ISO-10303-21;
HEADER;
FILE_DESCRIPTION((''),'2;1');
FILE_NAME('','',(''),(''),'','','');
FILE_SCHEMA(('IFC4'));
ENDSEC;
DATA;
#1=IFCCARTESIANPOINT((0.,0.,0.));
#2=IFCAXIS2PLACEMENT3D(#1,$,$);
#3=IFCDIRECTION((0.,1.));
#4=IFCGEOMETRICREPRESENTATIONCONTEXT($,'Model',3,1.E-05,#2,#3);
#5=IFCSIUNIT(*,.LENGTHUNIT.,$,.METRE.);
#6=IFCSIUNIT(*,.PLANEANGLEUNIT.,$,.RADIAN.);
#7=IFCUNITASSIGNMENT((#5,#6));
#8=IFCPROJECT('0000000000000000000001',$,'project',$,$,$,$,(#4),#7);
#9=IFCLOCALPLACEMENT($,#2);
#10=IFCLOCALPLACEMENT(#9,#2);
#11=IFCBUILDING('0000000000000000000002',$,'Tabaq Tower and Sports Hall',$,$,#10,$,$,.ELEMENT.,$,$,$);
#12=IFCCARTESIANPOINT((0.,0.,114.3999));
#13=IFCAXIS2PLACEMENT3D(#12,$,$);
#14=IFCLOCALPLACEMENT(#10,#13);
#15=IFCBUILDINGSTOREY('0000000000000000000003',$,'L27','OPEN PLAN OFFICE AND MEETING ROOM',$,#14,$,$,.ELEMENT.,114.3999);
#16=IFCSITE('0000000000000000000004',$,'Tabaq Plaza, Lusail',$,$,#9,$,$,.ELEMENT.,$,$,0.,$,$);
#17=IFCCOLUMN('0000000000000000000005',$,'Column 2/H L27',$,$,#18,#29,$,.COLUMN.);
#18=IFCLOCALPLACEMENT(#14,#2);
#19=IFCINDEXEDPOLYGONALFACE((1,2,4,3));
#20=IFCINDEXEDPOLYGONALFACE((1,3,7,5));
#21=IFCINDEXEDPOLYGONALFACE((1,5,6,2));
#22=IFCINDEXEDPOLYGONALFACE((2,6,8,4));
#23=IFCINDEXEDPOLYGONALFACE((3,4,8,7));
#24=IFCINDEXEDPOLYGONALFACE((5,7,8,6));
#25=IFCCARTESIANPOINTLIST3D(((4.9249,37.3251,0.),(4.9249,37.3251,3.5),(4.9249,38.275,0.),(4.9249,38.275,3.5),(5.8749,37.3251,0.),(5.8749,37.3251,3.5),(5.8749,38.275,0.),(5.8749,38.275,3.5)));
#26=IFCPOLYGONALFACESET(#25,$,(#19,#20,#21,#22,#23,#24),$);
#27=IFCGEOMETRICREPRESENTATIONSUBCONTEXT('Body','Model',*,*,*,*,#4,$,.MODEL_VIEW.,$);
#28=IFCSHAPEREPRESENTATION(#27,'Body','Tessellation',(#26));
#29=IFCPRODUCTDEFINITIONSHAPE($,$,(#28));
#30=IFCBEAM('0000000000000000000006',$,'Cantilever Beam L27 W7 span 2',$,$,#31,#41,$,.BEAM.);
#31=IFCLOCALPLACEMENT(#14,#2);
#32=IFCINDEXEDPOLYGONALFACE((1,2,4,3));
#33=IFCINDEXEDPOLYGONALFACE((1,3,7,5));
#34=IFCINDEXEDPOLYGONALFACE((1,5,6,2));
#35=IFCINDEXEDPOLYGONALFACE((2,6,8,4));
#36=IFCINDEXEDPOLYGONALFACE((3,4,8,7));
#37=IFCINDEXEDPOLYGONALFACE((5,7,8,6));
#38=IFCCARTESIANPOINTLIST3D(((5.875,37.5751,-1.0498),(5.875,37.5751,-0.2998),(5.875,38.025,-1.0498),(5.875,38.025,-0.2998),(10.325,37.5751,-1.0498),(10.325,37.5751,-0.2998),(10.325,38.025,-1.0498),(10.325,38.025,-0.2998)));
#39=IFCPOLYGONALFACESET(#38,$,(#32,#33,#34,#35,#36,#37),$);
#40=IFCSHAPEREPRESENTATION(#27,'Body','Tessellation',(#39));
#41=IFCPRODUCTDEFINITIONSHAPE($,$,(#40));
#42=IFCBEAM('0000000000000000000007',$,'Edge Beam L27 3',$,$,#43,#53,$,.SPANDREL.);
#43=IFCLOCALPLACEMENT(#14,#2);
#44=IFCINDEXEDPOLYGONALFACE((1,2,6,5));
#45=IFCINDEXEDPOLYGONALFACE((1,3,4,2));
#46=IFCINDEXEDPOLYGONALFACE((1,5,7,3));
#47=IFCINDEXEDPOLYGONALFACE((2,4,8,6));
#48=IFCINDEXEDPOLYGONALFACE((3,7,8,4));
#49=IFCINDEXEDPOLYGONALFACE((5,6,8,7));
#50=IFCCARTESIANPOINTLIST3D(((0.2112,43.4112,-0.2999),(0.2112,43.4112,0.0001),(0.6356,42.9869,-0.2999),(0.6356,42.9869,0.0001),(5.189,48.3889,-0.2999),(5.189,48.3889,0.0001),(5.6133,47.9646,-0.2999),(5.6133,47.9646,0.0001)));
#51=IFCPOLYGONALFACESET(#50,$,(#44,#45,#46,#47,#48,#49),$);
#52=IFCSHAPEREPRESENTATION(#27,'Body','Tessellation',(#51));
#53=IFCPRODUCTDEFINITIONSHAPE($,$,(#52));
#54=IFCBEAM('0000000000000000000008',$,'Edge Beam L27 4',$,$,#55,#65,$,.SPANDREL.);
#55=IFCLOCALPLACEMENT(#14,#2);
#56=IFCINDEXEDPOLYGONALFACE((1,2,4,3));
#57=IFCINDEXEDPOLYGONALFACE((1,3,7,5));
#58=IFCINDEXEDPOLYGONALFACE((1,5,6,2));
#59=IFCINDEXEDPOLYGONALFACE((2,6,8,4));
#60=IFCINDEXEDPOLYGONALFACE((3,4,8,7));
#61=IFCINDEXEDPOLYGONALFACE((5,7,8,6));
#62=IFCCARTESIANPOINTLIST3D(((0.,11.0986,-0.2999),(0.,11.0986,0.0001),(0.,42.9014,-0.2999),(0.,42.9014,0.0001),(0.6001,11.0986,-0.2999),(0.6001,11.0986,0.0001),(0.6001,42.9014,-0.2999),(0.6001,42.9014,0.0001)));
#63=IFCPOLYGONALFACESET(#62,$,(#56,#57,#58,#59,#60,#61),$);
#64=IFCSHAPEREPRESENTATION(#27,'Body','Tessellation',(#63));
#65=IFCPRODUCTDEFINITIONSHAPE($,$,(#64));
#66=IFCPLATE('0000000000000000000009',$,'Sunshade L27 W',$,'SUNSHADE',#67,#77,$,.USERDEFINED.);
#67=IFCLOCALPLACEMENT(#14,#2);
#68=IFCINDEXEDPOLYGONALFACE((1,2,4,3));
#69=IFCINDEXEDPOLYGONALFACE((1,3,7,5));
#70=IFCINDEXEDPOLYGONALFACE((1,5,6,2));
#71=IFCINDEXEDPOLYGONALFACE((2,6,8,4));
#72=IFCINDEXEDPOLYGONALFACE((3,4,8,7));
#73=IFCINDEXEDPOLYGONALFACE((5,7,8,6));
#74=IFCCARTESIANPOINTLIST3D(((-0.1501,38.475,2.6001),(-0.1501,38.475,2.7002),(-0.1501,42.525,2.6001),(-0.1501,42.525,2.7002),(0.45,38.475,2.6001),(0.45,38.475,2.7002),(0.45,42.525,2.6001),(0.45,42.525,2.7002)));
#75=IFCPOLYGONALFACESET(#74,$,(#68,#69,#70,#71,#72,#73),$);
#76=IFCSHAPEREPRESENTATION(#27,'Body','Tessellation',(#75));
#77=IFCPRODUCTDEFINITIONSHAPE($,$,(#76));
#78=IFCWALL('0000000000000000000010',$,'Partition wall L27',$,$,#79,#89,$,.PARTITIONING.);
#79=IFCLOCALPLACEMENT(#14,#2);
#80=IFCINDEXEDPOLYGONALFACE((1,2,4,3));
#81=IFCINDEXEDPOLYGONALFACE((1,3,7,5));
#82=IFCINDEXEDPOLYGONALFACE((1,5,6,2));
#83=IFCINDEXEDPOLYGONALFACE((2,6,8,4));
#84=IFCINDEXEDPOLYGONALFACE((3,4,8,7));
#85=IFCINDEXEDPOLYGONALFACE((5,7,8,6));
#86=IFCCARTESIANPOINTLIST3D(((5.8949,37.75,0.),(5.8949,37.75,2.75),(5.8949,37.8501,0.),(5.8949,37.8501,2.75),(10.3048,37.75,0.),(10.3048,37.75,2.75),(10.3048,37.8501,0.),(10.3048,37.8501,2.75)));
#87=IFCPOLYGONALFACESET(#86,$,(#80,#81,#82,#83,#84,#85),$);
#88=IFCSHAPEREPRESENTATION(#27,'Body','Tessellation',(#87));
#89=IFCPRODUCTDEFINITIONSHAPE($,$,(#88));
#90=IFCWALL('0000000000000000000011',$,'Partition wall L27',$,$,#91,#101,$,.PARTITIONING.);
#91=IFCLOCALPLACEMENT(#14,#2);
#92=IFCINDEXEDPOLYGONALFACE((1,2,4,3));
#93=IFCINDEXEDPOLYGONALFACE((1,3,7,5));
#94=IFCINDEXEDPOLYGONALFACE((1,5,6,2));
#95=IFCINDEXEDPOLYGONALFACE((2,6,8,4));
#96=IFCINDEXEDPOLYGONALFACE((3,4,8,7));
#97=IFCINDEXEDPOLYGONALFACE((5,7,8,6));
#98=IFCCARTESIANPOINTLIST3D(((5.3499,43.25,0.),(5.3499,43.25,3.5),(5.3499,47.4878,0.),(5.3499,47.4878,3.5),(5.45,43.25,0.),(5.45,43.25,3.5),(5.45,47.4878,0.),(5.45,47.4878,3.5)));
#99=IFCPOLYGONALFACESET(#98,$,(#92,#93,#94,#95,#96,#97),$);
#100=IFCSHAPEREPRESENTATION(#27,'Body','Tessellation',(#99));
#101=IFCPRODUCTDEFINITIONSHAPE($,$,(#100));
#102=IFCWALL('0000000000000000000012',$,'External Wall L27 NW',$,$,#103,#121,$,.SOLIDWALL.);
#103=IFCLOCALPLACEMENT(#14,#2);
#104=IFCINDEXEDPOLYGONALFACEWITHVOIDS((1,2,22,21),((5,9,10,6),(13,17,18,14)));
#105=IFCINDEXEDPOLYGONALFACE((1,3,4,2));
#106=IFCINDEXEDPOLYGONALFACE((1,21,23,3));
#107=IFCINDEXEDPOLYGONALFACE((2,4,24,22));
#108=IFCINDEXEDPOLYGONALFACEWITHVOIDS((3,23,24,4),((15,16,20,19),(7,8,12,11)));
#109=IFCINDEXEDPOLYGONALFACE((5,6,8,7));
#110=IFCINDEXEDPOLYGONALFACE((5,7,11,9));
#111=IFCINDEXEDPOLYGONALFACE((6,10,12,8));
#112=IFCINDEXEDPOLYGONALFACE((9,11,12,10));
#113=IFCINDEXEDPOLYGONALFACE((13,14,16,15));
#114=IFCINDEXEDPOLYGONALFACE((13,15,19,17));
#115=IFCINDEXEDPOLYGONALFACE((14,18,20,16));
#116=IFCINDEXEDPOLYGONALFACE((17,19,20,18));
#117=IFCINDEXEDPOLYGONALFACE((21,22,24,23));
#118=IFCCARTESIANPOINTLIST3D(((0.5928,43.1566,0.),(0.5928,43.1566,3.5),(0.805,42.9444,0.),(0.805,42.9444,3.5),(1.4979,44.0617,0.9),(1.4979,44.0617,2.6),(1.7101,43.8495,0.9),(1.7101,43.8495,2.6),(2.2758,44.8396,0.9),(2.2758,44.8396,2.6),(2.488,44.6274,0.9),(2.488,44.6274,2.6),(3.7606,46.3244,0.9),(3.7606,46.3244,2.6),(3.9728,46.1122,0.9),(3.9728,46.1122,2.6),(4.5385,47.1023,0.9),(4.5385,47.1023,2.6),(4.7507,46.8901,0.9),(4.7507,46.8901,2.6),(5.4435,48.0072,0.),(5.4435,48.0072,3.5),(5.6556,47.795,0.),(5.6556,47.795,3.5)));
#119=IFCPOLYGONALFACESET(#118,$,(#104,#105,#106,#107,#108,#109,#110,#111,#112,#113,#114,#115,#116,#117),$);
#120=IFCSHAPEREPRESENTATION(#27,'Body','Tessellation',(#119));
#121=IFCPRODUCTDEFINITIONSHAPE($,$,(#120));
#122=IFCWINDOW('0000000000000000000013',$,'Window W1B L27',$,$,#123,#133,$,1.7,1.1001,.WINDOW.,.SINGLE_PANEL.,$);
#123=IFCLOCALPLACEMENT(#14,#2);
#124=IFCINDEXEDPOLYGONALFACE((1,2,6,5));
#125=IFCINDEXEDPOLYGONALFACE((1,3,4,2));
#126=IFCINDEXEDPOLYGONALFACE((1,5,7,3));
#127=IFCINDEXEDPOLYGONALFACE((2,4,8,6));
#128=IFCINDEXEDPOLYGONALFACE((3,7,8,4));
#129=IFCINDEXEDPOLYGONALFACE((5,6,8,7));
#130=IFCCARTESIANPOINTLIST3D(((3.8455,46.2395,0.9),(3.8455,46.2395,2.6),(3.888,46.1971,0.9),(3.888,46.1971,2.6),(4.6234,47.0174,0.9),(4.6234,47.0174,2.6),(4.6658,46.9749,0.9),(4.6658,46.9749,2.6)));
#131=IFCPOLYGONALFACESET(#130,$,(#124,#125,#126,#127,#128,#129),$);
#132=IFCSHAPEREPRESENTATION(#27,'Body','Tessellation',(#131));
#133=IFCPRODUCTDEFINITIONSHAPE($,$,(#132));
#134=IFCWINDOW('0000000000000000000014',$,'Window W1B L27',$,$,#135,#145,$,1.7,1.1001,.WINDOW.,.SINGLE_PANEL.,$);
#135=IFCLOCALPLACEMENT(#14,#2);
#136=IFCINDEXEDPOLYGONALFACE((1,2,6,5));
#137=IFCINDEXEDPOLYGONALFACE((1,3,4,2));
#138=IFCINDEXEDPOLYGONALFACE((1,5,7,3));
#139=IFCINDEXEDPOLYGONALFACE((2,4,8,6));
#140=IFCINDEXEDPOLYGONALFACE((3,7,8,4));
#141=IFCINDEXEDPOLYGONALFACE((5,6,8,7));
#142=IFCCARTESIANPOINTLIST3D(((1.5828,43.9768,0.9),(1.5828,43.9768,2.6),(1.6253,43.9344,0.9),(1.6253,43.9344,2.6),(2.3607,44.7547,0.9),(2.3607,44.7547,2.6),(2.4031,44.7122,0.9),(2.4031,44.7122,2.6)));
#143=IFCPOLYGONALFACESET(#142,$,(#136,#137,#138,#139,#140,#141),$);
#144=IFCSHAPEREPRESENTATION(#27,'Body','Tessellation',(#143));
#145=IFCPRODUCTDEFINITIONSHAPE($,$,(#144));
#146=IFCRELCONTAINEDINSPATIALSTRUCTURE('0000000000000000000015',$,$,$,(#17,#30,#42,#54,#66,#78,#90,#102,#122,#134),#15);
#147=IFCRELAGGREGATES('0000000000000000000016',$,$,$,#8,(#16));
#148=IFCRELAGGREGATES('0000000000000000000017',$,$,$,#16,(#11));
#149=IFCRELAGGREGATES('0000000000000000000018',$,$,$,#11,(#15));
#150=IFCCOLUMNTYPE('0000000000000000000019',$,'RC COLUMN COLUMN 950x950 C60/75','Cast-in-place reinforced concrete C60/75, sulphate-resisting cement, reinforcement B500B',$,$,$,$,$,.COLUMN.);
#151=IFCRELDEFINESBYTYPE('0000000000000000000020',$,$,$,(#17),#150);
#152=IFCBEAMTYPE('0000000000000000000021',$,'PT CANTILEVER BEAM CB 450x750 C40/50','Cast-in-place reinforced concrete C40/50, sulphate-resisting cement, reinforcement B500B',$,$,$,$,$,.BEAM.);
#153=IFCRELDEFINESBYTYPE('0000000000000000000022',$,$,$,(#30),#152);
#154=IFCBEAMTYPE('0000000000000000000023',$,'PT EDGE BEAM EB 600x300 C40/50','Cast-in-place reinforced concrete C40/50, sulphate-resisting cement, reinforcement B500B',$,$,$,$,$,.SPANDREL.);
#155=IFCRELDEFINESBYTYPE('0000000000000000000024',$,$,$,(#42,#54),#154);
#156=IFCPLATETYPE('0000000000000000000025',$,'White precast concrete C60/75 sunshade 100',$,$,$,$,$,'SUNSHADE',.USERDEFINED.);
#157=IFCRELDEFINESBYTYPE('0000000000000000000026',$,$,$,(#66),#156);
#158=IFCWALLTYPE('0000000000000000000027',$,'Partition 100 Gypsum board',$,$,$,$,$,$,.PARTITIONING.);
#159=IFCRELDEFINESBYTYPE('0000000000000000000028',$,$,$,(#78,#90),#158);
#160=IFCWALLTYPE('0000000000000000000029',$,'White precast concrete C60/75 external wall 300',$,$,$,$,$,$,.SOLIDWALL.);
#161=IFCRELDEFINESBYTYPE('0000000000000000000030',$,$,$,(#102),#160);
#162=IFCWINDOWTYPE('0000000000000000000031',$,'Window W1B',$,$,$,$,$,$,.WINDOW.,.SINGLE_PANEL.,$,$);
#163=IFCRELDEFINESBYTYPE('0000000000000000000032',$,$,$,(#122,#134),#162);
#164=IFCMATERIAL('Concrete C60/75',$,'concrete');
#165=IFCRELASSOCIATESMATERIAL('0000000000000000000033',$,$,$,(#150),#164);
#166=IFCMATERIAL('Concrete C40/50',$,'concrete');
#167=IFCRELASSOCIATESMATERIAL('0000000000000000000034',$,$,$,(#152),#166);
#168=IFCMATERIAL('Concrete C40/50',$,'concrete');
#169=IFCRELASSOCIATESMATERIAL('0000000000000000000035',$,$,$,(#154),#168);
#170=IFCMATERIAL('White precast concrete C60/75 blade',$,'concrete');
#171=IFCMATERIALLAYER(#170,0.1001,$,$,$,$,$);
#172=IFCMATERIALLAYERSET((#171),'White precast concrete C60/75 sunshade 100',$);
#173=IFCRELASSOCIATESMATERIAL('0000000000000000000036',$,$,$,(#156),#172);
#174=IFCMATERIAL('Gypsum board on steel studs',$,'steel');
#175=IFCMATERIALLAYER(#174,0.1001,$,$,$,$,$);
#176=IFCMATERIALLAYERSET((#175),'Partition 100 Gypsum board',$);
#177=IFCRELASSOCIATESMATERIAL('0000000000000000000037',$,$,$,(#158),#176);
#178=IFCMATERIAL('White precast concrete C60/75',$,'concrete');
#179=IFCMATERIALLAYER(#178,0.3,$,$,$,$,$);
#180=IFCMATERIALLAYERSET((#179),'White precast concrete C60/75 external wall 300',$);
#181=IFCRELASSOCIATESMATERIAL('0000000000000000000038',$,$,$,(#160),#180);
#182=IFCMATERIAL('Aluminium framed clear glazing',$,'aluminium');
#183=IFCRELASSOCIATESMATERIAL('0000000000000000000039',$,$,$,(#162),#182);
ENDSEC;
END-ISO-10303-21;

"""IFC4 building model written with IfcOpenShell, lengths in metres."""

from ifc_helpers import new_model, si_unit, direction, frame, frame_2d, origin, origin_2d, place, context, subcontext, project, spatial, rectangle, extrude, material, layer, layer_set, material_profile, profile_set, type_object, element, fill, save


model = new_model("IFC4")

# Units and contexts
model_context = context("Model", 3, precision=1e-05, world=origin(), true_north=direction((0.0, 1.0)))
body_context = subcontext(model_context, "Body", "Model", "MODEL_VIEW")
ifc_project = project(units=[si_unit("LENGTHUNIT", "METRE"), si_unit("PLANEANGLEUNIT", "RADIAN")], contexts=[model_context])

# Site, building, storey
site_placement = place(None, origin())
site = spatial("IfcSite", under=ifc_project, at=site_placement, Name="Tabaq Plaza, Lusail", CompositionType="ELEMENT", RefElevation=0.0)
building_placement = place(site_placement, origin())
building = spatial("IfcBuilding", under=site, at=building_placement, Name="Tabaq Tower and Sports Hall", CompositionType="ELEMENT")
storey_placement = place(building_placement, frame((0.0, 0.0, 114.3999)))
storey = spatial("IfcBuildingStorey", under=building, at=storey_placement, Name="L27", Description="OPEN PLAN OFFICE AND MEETING ROOM", CompositionType="ELEMENT", Elevation=114.3999)

# Column
ifc_material_1 = material(Name="Concrete C60/75", Category="concrete")
ifc_material_profile_1 = material_profile(ifc_material_1, rectangle(XDim=0.95, YDim=0.95, at=origin_2d()), Name="COLUMN 950x950")
ifc_profile_set_1 = profile_set([ifc_material_profile_1], Name="Concrete C60/75")
column_type = type_object("IfcColumnType", Name="RC COLUMN COLUMN 950x950 C60/75", Description="Cast-in-place reinforced concrete C60/75, sulphate-resisting cement, reinforcement B500B", PredefinedType="COLUMN", material=ifc_profile_set_1)
column_placement = place(storey_placement, frame((5.3999, 37.8, 0.0), z_axis=(0.0, 0.0, 1.0), x_axis=(1.0, 0.0, 0.0)))
element("IfcColumn", 1, at=column_placement, inside=storey, type_object=column_type, Name="Column 2/H L27", PredefinedType="COLUMN", context=body_context, shape_type="SweptSolid", body=[
    extrude(rectangle(XDim=0.95, YDim=0.95, at=origin_2d()), origin(), (0.0, 0.0, 1.0), 3.5),
])

# Beams
ifc_material_2 = material(Name="Concrete C40/50", Category="concrete")
ifc_material_profile_2 = material_profile(ifc_material_2, rectangle(XDim=0.45, YDim=0.75, at=origin_2d()), Name="CB 450x750")
ifc_profile_set_2 = profile_set([ifc_material_profile_2], Name="Concrete C40/50")
beam_type_1 = type_object("IfcBeamType", Name="PT CANTILEVER BEAM CB 450x750 C40/50", Description="Cast-in-place reinforced concrete C40/50, sulphate-resisting cement, reinforcement B500B", PredefinedType="BEAM", material=ifc_profile_set_2)
beam_1_placement = place(storey_placement, frame((5.875, 37.8, -0.6748), z_axis=(1.0, 0.0, 0.0), x_axis=(0.0, 1.0, 0.0)))
element("IfcBeam", 2, at=beam_1_placement, inside=storey, type_object=beam_type_1, Name="Cantilever Beam L27 W7 span 2", PredefinedType="BEAM", context=body_context, shape_type="SweptSolid", body=[
    extrude(rectangle(XDim=0.45, YDim=0.75, at=origin_2d()), origin(), (0.0, 0.0, 1.0), 4.45),
])
ifc_material_3 = material(Name="Concrete C40/50", Category="concrete")
ifc_material_profile_3 = material_profile(ifc_material_3, rectangle(XDim=0.6001, YDim=0.3, at=origin_2d()), Name="EB 600x300")
ifc_profile_set_3 = profile_set([ifc_material_profile_3], Name="Concrete C40/50")
beam_type_2 = type_object("IfcBeamType", Name="PT EDGE BEAM EB 600x300 C40/50", Description="Cast-in-place reinforced concrete C40/50, sulphate-resisting cement, reinforcement B500B", PredefinedType="SPANDREL", material=ifc_profile_set_3)
beam_2_placement = place(storey_placement, frame((5.4011, 48.1768, -0.1499), z_axis=(-0.707107, -0.707107, 0.0), x_axis=(0.707107, -0.707107, 0.0)))
element("IfcBeam", 3, at=beam_2_placement, inside=storey, type_object=beam_type_2, Name="Edge Beam L27 3", PredefinedType="SPANDREL", context=body_context, shape_type="SweptSolid", body=[
    extrude(rectangle(XDim=0.6001, YDim=0.3, at=origin_2d()), origin(), (0.0, 0.0, 1.0), 7.0396),
])
beam_3_placement = place(storey_placement, frame((0.3, 42.9014, -0.1499), z_axis=(0.0, -1.0, 0.0), x_axis=(1.0, 0.0, 0.0)))
element("IfcBeam", 4, at=beam_3_placement, inside=storey, type_object=beam_type_2, Name="Edge Beam L27 4", PredefinedType="SPANDREL", context=body_context, shape_type="SweptSolid", body=[
    extrude(rectangle(XDim=0.6001, YDim=0.3, at=origin_2d()), origin(), (0.0, 0.0, 1.0), 31.8027),
])

# Plate
ifc_material_4 = material(Name="White precast concrete C60/75 blade", Category="concrete")
ifc_layer_1 = layer(ifc_material_4, 0.1001)
ifc_layer_set_1 = layer_set([ifc_layer_1], Name="White precast concrete C60/75 sunshade 100")
plate_type = type_object("IfcPlateType", Name="White precast concrete C60/75 sunshade 100", ElementType="SUNSHADE", PredefinedType="USERDEFINED", material=ifc_layer_set_1)
plate_placement = place(storey_placement, frame((0.1499, 40.5, 2.6001), z_axis=(0.0, 0.0, 1.0), x_axis=(0.0, -1.0, 0.0)))
element("IfcPlate", 5, at=plate_placement, inside=storey, type_object=plate_type, Name="Sunshade L27 W", ObjectType="SUNSHADE", PredefinedType="USERDEFINED", context=body_context, shape_type="SweptSolid", body=[
    extrude(rectangle(XDim=4.05, YDim=0.6001, at=origin_2d()), origin(), (0.0, 0.0, 1.0), 0.1001),
])

# Walls
ifc_material_5 = material(Name="Gypsum board on steel studs", Category="steel")
ifc_layer_2 = layer(ifc_material_5, 0.1001)
ifc_layer_set_2 = layer_set([ifc_layer_2], Name="Partition 100 Gypsum board")
wall_type_1 = type_object("IfcWallType", Name="Partition 100 Gypsum board", PredefinedType="PARTITIONING", material=ifc_layer_set_2)
wall_1_placement = place(storey_placement, frame((10.3049, 37.8, 0.0), z_axis=(0.0, 0.0, 1.0), x_axis=(-1.0, 0.0, 0.0)))
element("IfcWall", 6, at=wall_1_placement, inside=storey, type_object=wall_type_1, Name="Partition wall L27", PredefinedType="PARTITIONING", context=body_context, shape_type="SweptSolid", body=[
    extrude(rectangle(XDim=4.4099, YDim=0.1001, at=frame_2d((2.2051, 0.0))), origin(), (0.0, 0.0, 1.0), 2.75),
])
wall_2_placement = place(storey_placement, frame((5.3999, 43.25, 0.0), z_axis=(0.0, 0.0, 1.0), x_axis=(0.0, 1.0, 0.0)))
element("IfcWall", 7, at=wall_2_placement, inside=storey, type_object=wall_type_1, Name="Partition wall L27", PredefinedType="PARTITIONING", context=body_context, shape_type="SweptSolid", body=[
    extrude(rectangle(XDim=4.2378, YDim=0.1001, at=frame_2d((2.1189, 0.0))), origin(), (0.0, 0.0, 1.0), 3.5),
])

# Wall, openings, windows
ifc_material_6 = material(Name="White precast concrete C60/75", Category="concrete")
ifc_layer_3 = layer(ifc_material_6, 0.3)
ifc_layer_set_3 = layer_set([ifc_layer_3], Name="White precast concrete C60/75 external wall 300")
wall_type_2 = type_object("IfcWallType", Name="White precast concrete C60/75 external wall 300", PredefinedType="SOLIDWALL", material=ifc_layer_set_3)
wall_3_placement = place(storey_placement, frame((5.5496, 47.9011, 0.0), z_axis=(0.0, 0.0, 1.0), x_axis=(-0.707107, -0.707107, 0.0)))
wall_3 = element("IfcWall", 8, at=wall_3_placement, inside=storey, type_object=wall_type_2, Name="External Wall L27 NW", PredefinedType="SOLIDWALL", context=body_context, shape_type="SweptSolid", body=[
    extrude(rectangle(XDim=6.8599, YDim=0.3, at=frame_2d((3.4299, 0.0))), origin(), (0.0, 0.0, 1.0), 3.5),
])
opening_1_placement = place(wall_3_placement, frame((1.2798, 0.0, 0.8999)))
opening_1 = element("IfcOpeningElement", 9, at=opening_1_placement, cuts=wall_3, PredefinedType="OPENING", context=body_context, shape_type="SweptSolid", body=[
    extrude(rectangle(XDim=1.1001, YDim=1.7, at=frame_2d((0.55, 0.8501))), frame((0.0, 0.1602, 0.0), z_axis=(0.0, -1.0, 0.0), x_axis=(1.0, 0.0, 0.0)), (0.0, 0.0, 1.0), 0.3201),
])
opening_2_placement = place(wall_3_placement, frame((4.4797, 0.0, 0.8999)))
opening_2 = element("IfcOpeningElement", 10, at=opening_2_placement, cuts=wall_3, PredefinedType="OPENING", context=body_context, shape_type="SweptSolid", body=[
    extrude(rectangle(XDim=1.1001, YDim=1.7, at=frame_2d((0.55, 0.8501))), frame((0.0, 0.1602, 0.0), z_axis=(0.0, -1.0, 0.0), x_axis=(1.0, 0.0, 0.0)), (0.0, 0.0, 1.0), 0.3201),
])
ifc_material_7 = material(Name="Aluminium framed clear glazing", Category="aluminium")
window_type_1 = type_object("IfcWindowType", Name="Window W1B", PartitioningType="SINGLE_PANEL", PredefinedType="WINDOW", material=ifc_material_7)
window_1_placement = place(opening_1_placement, origin())
window_1 = element("IfcWindow", 11, at=window_1_placement, inside=storey, type_object=window_type_1, Name="Window W1B L27", OverallHeight=1.7, OverallWidth=1.1001, PartitioningType="SINGLE_PANEL", PredefinedType="WINDOW", context=body_context, shape_type="SweptSolid", body=[
    extrude(rectangle(XDim=1.1001, YDim=1.7, at=frame_2d((0.55, 0.8501))), frame((0.0, 0.03, 0.0), z_axis=(0.0, -1.0, 0.0), x_axis=(1.0, 0.0, 0.0)), (0.0, 0.0, 1.0), 0.0601),
])
fill(opening_1, window_1)
window_2_placement = place(opening_2_placement, origin())
window_2 = element("IfcWindow", 12, at=window_2_placement, inside=storey, type_object=window_type_1, Name="Window W1B L27", OverallHeight=1.7, OverallWidth=1.1001, PartitioningType="SINGLE_PANEL", PredefinedType="WINDOW", context=body_context, shape_type="SweptSolid", body=[
    extrude(rectangle(XDim=1.1001, YDim=1.7, at=frame_2d((0.55, 0.8501))), frame((0.0, 0.03, 0.0), z_axis=(0.0, -1.0, 0.0), x_axis=(1.0, 0.0, 0.0)), (0.0, 0.0, 1.0), 0.0601),
])
fill(opening_2, window_2)

save(model, "model.ifc")
